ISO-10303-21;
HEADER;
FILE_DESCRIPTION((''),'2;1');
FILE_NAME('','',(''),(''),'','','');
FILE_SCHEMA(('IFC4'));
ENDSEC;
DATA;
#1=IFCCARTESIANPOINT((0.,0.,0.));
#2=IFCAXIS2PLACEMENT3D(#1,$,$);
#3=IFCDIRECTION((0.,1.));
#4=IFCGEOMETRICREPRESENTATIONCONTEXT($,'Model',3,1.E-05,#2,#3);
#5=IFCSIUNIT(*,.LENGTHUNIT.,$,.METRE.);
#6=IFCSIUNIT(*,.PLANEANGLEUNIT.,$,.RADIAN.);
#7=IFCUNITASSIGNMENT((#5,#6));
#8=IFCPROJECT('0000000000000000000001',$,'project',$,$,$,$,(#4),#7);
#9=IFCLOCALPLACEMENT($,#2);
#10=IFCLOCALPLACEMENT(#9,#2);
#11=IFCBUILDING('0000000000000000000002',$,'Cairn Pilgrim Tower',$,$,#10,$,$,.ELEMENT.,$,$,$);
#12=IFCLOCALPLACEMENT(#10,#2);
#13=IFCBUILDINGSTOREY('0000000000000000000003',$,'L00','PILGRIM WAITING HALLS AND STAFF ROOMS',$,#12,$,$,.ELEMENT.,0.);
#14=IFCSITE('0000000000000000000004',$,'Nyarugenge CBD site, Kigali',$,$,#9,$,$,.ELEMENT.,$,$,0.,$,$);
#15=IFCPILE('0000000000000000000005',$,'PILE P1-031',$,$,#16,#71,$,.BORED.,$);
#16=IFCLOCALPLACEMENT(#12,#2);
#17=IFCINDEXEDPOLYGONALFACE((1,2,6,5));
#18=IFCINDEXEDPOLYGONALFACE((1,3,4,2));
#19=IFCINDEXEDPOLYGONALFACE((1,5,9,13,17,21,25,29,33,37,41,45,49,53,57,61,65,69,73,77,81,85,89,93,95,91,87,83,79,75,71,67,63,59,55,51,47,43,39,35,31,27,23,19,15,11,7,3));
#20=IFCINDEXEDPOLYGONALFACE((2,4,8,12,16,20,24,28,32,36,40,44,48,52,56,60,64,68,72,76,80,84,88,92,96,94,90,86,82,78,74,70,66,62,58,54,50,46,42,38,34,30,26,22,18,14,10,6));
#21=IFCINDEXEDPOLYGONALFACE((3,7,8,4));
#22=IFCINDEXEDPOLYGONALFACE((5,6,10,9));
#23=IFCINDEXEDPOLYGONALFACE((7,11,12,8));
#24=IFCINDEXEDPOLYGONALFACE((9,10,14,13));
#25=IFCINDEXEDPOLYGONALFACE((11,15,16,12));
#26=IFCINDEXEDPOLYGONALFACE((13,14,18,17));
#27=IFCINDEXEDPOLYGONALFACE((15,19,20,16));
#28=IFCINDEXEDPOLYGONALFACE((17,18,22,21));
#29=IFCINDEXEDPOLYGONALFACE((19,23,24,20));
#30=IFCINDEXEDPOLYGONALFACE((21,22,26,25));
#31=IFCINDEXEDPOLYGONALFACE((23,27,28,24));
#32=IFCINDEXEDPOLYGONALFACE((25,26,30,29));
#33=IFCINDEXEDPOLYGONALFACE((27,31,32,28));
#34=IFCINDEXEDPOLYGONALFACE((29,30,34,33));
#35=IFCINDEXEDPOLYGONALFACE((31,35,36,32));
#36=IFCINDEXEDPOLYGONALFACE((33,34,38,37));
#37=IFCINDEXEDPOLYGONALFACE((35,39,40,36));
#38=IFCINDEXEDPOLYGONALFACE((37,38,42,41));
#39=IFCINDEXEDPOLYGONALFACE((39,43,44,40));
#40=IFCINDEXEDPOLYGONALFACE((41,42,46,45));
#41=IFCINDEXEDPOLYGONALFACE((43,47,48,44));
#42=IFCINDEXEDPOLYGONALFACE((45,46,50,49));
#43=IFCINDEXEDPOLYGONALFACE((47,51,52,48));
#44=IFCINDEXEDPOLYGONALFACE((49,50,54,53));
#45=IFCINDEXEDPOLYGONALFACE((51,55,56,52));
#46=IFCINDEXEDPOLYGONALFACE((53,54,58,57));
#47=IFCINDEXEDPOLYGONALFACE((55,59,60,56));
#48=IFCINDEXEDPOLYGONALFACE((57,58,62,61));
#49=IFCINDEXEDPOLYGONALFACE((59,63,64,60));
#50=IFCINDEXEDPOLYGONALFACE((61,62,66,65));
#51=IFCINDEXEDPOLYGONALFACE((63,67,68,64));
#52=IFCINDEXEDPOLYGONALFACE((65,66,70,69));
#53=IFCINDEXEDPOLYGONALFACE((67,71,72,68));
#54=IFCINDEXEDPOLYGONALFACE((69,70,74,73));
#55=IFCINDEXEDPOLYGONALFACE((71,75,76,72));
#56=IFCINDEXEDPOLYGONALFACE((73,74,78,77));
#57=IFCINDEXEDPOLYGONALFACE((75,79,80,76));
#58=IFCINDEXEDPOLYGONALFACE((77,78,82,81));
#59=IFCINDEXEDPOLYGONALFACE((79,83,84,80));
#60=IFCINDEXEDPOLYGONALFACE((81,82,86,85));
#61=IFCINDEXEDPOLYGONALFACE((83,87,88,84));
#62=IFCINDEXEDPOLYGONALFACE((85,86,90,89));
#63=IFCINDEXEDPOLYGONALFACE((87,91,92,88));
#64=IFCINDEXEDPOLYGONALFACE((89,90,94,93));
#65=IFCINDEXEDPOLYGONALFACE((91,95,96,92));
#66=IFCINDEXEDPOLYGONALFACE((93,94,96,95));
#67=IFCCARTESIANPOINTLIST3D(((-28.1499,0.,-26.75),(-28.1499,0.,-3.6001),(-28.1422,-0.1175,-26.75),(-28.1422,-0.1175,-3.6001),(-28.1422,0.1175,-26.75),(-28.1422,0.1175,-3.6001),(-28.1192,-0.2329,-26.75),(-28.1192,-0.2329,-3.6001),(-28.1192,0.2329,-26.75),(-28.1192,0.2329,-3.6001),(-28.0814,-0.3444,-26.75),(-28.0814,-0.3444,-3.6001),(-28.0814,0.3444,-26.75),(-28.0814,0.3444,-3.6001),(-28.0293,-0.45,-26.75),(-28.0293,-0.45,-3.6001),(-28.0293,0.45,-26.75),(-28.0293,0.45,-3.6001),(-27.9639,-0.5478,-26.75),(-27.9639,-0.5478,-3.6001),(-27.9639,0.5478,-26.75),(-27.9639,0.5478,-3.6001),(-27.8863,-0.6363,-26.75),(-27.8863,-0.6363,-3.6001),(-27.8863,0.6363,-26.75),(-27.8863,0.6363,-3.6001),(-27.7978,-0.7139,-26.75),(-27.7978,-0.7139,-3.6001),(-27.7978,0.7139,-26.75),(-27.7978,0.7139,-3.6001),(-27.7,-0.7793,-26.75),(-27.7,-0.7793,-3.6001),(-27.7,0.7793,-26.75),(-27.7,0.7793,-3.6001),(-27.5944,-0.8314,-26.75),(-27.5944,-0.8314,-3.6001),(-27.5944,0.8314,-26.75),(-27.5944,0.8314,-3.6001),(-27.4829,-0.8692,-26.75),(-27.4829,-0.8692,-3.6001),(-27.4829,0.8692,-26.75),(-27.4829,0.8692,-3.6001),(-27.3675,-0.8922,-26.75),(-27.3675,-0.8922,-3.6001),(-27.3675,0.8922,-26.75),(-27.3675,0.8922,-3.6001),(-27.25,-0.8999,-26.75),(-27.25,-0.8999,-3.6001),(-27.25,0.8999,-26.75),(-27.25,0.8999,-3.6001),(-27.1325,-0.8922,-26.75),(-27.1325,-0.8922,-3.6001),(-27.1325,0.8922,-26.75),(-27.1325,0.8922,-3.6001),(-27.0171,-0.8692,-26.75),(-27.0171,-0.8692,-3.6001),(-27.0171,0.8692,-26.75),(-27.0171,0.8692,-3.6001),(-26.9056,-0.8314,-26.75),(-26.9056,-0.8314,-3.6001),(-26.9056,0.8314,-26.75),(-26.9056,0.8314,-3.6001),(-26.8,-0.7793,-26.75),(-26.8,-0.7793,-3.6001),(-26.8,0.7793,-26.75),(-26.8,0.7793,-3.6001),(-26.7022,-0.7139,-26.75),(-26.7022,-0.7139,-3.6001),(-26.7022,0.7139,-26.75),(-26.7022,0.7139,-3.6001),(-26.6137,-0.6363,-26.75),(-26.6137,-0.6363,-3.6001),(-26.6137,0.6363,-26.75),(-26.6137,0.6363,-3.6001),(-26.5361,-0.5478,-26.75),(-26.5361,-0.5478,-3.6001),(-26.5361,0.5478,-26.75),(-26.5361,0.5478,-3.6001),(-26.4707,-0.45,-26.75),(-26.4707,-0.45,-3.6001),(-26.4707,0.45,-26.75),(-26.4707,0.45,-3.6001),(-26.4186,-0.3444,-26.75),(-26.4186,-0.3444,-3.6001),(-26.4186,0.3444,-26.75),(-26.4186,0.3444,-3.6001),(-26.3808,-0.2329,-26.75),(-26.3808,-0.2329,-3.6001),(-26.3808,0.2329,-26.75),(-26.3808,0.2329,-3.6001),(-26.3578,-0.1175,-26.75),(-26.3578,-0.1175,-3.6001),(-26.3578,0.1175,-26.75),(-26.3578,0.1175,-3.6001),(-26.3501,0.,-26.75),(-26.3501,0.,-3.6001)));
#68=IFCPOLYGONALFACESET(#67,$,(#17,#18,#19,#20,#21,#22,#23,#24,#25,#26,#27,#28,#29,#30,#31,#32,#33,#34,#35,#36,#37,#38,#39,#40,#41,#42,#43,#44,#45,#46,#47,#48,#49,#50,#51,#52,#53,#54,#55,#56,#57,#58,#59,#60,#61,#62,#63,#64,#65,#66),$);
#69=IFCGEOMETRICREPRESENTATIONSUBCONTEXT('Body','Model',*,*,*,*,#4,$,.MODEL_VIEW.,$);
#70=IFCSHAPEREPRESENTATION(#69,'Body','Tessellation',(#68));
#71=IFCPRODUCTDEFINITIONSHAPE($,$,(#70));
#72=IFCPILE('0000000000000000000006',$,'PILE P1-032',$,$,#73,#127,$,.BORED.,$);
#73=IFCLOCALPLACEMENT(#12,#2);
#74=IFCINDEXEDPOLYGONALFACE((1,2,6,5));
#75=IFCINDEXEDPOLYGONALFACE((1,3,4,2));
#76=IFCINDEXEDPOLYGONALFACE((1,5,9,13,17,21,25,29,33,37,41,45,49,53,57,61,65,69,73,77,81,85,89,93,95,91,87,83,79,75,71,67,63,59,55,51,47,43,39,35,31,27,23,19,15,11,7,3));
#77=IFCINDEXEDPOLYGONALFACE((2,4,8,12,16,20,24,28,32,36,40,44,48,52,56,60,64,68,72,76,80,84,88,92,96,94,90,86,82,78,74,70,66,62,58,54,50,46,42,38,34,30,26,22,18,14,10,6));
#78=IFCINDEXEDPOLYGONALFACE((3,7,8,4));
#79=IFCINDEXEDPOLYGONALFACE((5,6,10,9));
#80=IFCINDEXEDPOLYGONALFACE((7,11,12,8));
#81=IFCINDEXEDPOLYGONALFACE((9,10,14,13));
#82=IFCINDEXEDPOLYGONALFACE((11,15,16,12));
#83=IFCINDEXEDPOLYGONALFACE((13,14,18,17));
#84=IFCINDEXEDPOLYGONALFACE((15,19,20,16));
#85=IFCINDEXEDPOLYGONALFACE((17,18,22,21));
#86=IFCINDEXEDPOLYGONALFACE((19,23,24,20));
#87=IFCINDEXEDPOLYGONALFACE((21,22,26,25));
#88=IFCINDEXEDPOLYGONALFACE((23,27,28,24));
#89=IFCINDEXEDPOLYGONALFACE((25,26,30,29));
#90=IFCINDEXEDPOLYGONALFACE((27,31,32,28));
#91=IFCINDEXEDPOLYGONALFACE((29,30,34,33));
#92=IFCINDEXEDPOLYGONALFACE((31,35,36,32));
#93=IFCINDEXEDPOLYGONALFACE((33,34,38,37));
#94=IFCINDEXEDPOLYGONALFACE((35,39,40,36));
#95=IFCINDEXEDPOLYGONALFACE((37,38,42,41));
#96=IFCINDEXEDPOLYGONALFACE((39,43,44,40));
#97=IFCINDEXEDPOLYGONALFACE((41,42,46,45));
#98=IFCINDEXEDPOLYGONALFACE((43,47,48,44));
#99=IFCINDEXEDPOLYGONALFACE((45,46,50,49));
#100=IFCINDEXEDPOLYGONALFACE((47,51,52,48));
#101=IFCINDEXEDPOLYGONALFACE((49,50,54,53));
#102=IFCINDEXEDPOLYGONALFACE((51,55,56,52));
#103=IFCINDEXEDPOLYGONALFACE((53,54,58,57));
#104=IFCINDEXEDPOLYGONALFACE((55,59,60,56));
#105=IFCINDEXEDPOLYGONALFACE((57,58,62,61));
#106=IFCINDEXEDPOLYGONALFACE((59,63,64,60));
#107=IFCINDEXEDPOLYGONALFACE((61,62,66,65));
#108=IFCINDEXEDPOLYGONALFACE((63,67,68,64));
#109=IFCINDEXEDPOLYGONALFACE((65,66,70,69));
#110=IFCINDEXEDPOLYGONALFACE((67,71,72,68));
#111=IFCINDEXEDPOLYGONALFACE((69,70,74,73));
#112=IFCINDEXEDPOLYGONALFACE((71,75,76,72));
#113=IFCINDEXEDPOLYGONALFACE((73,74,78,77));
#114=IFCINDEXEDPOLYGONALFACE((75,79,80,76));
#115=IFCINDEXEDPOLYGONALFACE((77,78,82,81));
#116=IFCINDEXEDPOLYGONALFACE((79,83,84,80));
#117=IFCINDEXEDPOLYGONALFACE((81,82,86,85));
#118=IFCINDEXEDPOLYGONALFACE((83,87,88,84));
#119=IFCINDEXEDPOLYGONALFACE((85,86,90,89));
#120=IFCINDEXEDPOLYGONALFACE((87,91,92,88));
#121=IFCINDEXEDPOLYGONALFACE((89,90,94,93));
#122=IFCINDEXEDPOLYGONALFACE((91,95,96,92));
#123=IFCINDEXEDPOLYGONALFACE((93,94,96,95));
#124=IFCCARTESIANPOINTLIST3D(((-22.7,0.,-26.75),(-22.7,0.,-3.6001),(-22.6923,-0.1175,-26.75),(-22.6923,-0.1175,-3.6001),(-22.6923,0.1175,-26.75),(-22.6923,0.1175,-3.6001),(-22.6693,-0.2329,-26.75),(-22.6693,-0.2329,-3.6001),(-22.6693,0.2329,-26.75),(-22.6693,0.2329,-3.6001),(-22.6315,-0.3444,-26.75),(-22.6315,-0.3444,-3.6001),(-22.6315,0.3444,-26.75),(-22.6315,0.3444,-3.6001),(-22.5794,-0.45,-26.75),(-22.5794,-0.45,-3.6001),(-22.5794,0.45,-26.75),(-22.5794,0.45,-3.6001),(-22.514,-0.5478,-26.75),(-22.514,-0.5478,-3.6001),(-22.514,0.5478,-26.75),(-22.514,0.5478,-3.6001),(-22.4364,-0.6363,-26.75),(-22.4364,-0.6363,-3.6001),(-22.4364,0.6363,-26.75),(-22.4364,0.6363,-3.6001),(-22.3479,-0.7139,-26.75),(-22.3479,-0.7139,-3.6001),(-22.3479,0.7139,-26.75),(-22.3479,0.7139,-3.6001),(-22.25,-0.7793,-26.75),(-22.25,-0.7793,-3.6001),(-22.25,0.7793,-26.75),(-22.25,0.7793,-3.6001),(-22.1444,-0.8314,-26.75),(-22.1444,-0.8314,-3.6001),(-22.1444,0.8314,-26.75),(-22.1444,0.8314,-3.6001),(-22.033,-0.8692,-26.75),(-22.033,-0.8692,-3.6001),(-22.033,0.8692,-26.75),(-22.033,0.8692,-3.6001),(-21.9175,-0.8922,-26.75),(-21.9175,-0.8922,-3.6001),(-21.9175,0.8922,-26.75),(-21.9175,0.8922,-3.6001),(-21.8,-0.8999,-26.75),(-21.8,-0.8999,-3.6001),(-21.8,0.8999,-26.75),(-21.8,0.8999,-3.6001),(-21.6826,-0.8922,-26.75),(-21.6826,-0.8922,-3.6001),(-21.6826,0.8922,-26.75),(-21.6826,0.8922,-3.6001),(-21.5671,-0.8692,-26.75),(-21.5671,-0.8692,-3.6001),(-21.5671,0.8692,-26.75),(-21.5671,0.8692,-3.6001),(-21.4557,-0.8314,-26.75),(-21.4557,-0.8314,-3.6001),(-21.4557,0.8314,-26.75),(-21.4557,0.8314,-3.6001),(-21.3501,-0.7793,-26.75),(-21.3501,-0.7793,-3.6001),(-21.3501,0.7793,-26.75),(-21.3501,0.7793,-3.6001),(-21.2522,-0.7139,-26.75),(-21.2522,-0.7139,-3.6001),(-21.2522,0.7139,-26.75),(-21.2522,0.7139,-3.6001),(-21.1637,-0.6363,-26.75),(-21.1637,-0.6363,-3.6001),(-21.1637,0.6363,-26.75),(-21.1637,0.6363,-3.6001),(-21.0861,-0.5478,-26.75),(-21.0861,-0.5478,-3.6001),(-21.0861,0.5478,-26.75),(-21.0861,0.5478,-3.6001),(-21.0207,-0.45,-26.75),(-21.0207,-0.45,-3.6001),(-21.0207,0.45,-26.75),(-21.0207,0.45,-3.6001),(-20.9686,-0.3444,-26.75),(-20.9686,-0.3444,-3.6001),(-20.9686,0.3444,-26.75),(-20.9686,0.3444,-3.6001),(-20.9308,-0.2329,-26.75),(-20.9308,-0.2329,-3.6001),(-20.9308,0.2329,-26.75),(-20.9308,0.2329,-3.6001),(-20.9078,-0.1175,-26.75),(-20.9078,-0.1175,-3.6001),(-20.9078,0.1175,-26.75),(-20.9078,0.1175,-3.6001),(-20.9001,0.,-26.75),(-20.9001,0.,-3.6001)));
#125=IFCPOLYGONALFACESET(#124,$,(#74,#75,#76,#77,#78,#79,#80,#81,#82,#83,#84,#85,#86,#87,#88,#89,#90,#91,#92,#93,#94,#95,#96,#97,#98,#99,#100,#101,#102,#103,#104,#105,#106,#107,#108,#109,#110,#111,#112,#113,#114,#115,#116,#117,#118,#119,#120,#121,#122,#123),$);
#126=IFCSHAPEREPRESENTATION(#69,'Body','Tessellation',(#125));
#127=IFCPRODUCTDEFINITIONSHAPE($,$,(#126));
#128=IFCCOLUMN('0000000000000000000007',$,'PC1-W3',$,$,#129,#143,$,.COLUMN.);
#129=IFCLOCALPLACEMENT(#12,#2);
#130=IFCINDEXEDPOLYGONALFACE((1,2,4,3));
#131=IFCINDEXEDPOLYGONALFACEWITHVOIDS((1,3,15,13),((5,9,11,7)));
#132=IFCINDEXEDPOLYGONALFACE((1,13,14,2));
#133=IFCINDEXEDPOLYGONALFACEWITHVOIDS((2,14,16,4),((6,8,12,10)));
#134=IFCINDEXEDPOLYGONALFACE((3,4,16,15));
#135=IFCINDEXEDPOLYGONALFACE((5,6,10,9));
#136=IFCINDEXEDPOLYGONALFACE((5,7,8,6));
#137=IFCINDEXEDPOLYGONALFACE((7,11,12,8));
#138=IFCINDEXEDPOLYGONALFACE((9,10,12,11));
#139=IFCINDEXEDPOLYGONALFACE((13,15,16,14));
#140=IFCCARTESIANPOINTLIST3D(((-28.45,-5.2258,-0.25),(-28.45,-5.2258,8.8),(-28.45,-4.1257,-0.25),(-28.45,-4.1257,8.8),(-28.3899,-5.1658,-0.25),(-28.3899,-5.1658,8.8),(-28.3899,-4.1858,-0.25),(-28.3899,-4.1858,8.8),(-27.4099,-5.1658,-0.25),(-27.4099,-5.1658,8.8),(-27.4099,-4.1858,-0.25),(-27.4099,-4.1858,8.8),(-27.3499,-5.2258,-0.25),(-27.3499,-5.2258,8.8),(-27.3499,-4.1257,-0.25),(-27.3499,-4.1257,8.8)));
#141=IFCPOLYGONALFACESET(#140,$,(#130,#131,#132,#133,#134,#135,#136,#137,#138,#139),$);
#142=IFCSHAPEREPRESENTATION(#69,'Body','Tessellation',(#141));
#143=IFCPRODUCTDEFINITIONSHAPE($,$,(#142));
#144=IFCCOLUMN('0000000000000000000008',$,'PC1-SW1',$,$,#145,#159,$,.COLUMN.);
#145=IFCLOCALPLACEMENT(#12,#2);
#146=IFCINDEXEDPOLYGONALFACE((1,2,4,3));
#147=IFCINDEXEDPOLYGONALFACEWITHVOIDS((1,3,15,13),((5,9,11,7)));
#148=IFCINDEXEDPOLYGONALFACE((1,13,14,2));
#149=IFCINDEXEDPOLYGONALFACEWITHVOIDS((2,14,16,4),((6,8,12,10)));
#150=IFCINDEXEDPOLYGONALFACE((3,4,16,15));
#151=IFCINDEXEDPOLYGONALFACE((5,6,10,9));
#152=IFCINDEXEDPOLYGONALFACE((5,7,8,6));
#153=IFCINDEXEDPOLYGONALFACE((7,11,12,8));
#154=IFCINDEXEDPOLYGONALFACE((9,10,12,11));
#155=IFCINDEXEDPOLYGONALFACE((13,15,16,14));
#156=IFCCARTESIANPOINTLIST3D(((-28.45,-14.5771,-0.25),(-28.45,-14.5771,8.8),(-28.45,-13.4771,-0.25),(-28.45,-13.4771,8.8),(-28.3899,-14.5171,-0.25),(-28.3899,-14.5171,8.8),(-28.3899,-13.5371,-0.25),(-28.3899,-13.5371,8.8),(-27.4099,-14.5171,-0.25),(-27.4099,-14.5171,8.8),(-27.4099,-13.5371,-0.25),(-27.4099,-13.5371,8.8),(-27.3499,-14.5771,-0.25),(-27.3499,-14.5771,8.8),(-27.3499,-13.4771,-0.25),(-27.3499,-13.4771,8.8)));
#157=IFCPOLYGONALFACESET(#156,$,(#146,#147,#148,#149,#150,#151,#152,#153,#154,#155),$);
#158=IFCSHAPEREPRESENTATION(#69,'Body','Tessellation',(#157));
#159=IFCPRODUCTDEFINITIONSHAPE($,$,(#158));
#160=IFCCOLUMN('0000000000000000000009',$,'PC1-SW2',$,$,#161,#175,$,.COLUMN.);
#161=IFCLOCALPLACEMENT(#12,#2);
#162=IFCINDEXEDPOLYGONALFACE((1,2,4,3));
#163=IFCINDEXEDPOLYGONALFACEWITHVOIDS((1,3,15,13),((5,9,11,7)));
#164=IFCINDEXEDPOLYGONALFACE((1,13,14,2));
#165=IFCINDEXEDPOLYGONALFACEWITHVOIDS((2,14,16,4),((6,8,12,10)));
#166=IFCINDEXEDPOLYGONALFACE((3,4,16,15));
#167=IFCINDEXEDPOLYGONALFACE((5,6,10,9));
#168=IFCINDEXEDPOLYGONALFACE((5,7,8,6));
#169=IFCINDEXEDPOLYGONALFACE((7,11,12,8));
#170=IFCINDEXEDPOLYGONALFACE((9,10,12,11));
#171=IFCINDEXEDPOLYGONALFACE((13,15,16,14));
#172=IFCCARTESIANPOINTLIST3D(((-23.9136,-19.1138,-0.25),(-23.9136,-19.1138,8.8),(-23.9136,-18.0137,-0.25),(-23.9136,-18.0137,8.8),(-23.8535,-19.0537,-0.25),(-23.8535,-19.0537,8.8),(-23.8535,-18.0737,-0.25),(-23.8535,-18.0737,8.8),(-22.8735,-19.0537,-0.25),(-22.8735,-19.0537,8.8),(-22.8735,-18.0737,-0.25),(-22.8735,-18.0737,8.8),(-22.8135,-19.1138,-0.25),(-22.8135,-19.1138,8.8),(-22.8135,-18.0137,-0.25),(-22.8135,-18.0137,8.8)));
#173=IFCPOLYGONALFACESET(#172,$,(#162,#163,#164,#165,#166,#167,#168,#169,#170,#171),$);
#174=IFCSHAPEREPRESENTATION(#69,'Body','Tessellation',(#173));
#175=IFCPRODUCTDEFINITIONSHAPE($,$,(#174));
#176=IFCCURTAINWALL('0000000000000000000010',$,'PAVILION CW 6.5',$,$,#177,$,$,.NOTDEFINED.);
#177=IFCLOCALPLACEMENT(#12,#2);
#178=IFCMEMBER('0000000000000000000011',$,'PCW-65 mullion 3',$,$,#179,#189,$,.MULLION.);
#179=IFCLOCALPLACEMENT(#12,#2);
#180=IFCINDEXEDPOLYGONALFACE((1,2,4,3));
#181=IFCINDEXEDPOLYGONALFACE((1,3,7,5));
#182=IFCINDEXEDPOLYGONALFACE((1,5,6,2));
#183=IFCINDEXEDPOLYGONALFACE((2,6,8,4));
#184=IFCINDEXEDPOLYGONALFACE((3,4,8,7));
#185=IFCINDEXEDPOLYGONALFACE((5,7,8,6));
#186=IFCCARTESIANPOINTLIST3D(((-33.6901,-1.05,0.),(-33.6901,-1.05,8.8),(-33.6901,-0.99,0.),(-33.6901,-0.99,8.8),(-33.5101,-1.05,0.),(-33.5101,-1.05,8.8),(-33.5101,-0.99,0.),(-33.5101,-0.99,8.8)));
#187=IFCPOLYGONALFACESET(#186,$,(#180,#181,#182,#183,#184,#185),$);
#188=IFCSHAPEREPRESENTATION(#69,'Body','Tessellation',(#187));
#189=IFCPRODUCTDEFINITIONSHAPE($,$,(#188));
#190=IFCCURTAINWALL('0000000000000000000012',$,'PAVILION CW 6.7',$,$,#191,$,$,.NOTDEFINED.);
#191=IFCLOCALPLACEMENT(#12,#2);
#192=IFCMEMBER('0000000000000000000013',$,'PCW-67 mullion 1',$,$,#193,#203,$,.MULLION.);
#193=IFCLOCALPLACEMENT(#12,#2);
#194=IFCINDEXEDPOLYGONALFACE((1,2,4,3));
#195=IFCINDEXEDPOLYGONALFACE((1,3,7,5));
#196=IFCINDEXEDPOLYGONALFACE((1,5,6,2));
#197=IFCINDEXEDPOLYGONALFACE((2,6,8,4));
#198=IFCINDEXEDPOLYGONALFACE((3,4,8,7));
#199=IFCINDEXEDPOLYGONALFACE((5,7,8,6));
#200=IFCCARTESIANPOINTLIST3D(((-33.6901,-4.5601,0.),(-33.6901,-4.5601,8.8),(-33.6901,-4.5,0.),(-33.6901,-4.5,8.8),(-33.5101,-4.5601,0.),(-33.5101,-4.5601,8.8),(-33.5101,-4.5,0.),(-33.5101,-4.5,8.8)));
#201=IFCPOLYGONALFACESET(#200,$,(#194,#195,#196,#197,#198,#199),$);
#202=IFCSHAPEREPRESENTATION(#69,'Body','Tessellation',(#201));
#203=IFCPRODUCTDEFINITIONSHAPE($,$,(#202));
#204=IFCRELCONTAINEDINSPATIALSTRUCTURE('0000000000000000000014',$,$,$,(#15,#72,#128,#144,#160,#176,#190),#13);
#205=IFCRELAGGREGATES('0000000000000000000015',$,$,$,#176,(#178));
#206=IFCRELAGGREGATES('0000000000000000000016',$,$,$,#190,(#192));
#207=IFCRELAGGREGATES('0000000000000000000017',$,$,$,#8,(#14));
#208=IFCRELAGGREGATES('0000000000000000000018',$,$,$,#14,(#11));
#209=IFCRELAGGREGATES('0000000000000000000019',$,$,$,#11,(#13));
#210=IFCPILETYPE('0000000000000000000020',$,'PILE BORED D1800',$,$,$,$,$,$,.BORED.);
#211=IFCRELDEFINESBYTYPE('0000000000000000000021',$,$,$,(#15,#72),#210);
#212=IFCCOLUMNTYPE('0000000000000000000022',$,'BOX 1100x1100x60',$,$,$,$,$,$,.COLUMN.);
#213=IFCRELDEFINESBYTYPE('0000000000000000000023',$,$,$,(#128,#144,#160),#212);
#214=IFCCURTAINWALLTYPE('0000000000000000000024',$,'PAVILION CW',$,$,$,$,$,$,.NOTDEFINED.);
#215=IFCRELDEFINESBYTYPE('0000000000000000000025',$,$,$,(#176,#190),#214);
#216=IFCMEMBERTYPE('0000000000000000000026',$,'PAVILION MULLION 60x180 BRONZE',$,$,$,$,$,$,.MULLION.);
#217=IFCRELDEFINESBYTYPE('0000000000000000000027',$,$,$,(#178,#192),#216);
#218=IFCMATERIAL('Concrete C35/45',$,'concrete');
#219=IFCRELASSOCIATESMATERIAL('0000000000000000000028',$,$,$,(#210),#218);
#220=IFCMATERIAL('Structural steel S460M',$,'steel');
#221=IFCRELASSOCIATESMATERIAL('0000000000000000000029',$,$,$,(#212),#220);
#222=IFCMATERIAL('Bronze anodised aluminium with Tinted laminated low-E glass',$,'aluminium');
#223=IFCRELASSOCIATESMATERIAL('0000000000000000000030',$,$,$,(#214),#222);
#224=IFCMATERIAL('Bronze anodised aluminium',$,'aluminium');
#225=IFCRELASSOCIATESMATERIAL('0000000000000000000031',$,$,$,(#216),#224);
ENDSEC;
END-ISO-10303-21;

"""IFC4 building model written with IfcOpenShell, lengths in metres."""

from ifc_helpers import new_model, si_unit, direction, frame, origin, origin_2d, place, context, subcontext, project, spatial, rectangle, hollow_rectangle, circle, extrude, material, material_profile, profile_set, type_object, element, aggregate, save


model = new_model("IFC4")

# Units and contexts
model_context = context("Model", 3, precision=1e-05, world=origin(), true_north=direction((0.0, 1.0)))
body_context = subcontext(model_context, "Body", "Model", "MODEL_VIEW")
ifc_project = project(units=[si_unit("LENGTHUNIT", "METRE"), si_unit("PLANEANGLEUNIT", "RADIAN")], contexts=[model_context])

# Site, building, storey
site_placement = place(None, origin())
site = spatial("IfcSite", under=ifc_project, at=site_placement, Name="Nyarugenge CBD site, Kigali", CompositionType="ELEMENT", RefElevation=0.0)
building_placement = place(site_placement, origin())
building = spatial("IfcBuilding", under=site, at=building_placement, Name="Cairn Pilgrim Tower", CompositionType="ELEMENT")
storey_placement = place(building_placement, origin())
storey = spatial("IfcBuildingStorey", under=building, at=storey_placement, Name="L00", Description="PILGRIM WAITING HALLS AND STAFF ROOMS", CompositionType="ELEMENT", Elevation=0.0)

# Piles
ifc_material_1 = material(Name="Concrete C35/45", Category="concrete")
ifc_material_profile_1 = material_profile(ifc_material_1, circle(Radius=0.8999, at=origin_2d()), Name="D1800")
ifc_profile_set_1 = profile_set([ifc_material_profile_1], Name="Concrete C35/45")
pile_type = type_object("IfcPileType", Name="PILE BORED D1800", PredefinedType="BORED", material=ifc_profile_set_1)
for number, where, z_axis, x_axis, name in (
    (1, (-27.25, 0.0, -3.6001), (0.0, 0.0, -1.0), (1.0, 0.0, 0.0), "PILE P1-031"),
    (2, (-21.8, 0.0, -3.6001), (0.0, 0.0, -1.0), (1.0, 0.0, 0.0), "PILE P1-032"),
):
    element("IfcPile", number, at=place(storey_placement, frame(where, z_axis=z_axis, x_axis=x_axis)), inside=storey, type_object=pile_type, Name=name, PredefinedType="BORED", context=body_context, shape_type="SweptSolid", body=[
        extrude(circle(Radius=0.8999, at=origin_2d()), origin(), (0.0, 0.0, 1.0), 23.1499),
    ])

# Columns
ifc_material_2 = material(Name="Structural steel S460M", Category="steel")
ifc_material_profile_2 = material_profile(ifc_material_2, hollow_rectangle(XDim=1.1001, YDim=1.1001, WallThickness=0.0601, at=origin_2d()), Name="BOX 1100x1100x60")
ifc_profile_set_2 = profile_set([ifc_material_profile_2], Name="Structural steel S460M")
column_type = type_object("IfcColumnType", Name="BOX 1100x1100x60", PredefinedType="COLUMN", material=ifc_profile_set_2)
for number, where, z_axis, x_axis, name in (
    (3, (-27.8999, -4.6758, -0.25), (0.0, 0.0, 1.0), (1.0, 0.0, 0.0), "PC1-W3"),
    (4, (-27.8999, -14.0271, -0.25), (0.0, 0.0, 1.0), (1.0, 0.0, 0.0), "PC1-SW1"),
    (5, (-23.3635, -18.5637, -0.25), (0.0, 0.0, 1.0), (1.0, 0.0, 0.0), "PC1-SW2"),
):
    element("IfcColumn", number, at=place(storey_placement, frame(where, z_axis=z_axis, x_axis=x_axis)), inside=storey, type_object=column_type, Name=name, PredefinedType="COLUMN", context=body_context, shape_type="SweptSolid", body=[
        extrude(hollow_rectangle(XDim=1.1001, YDim=1.1001, WallThickness=0.0601, at=origin_2d()), origin(), (0.0, 0.0, 1.0), 9.05),
    ])

# Curtain walls, members
ifc_material_3 = material(Name="Bronze anodised aluminium with Tinted laminated low-E glass", Category="aluminium")
curtain_wall_type = type_object("IfcCurtainWallType", Name="PAVILION CW", PredefinedType="NOTDEFINED", material=ifc_material_3)
curtain_wall_1_placement = place(storey_placement, origin())
curtain_wall_1 = element("IfcCurtainWall", 6, at=curtain_wall_1_placement, inside=storey, type_object=curtain_wall_type, Name="PAVILION CW 6.5", PredefinedType="NOTDEFINED")
ifc_material_4 = material(Name="Bronze anodised aluminium", Category="aluminium")
ifc_material_profile_3 = material_profile(ifc_material_4, rectangle(XDim=0.1799, YDim=0.0601, at=origin_2d()), Name="PAVILION MULLION 60x180 BRONZE")
ifc_profile_set_3 = profile_set([ifc_material_profile_3], Name="Bronze anodised aluminium")
member_type_1 = type_object("IfcMemberType", Name="PAVILION MULLION 60x180 BRONZE", PredefinedType="MULLION", material=ifc_profile_set_3)
member_1_placement = place(storey_placement, frame((-33.6001, -1.02, 0.0), z_axis=(0.0, 0.0, 1.0), x_axis=(1.0, 0.0, 0.0)))
member_1 = element("IfcMember", 7, at=member_1_placement, type_object=member_type_1, Name="PCW-65 mullion 3", PredefinedType="MULLION", context=body_context, shape_type="SweptSolid", body=[
    extrude(rectangle(XDim=0.1799, YDim=0.0601, at=origin_2d()), origin(), (0.0, 0.0, 1.0), 8.8),
])
aggregate(curtain_wall_1, [member_1])
curtain_wall_2_placement = place(storey_placement, origin())
curtain_wall_2 = element("IfcCurtainWall", 8, at=curtain_wall_2_placement, inside=storey, type_object=curtain_wall_type, Name="PAVILION CW 6.7", PredefinedType="NOTDEFINED")
member_2_placement = place(storey_placement, frame((-33.6001, -4.53, 0.0), z_axis=(0.0, 0.0, 1.0), x_axis=(1.0, 0.0, 0.0)))
member_2 = element("IfcMember", 9, at=member_2_placement, type_object=member_type_1, Name="PCW-67 mullion 1", PredefinedType="MULLION", context=body_context, shape_type="SweptSolid", body=[
    extrude(rectangle(XDim=0.1799, YDim=0.0601, at=origin_2d()), origin(), (0.0, 0.0, 1.0), 8.8),
])

aggregate(curtain_wall_2, [member_2])

save(model, "model.ifc")
